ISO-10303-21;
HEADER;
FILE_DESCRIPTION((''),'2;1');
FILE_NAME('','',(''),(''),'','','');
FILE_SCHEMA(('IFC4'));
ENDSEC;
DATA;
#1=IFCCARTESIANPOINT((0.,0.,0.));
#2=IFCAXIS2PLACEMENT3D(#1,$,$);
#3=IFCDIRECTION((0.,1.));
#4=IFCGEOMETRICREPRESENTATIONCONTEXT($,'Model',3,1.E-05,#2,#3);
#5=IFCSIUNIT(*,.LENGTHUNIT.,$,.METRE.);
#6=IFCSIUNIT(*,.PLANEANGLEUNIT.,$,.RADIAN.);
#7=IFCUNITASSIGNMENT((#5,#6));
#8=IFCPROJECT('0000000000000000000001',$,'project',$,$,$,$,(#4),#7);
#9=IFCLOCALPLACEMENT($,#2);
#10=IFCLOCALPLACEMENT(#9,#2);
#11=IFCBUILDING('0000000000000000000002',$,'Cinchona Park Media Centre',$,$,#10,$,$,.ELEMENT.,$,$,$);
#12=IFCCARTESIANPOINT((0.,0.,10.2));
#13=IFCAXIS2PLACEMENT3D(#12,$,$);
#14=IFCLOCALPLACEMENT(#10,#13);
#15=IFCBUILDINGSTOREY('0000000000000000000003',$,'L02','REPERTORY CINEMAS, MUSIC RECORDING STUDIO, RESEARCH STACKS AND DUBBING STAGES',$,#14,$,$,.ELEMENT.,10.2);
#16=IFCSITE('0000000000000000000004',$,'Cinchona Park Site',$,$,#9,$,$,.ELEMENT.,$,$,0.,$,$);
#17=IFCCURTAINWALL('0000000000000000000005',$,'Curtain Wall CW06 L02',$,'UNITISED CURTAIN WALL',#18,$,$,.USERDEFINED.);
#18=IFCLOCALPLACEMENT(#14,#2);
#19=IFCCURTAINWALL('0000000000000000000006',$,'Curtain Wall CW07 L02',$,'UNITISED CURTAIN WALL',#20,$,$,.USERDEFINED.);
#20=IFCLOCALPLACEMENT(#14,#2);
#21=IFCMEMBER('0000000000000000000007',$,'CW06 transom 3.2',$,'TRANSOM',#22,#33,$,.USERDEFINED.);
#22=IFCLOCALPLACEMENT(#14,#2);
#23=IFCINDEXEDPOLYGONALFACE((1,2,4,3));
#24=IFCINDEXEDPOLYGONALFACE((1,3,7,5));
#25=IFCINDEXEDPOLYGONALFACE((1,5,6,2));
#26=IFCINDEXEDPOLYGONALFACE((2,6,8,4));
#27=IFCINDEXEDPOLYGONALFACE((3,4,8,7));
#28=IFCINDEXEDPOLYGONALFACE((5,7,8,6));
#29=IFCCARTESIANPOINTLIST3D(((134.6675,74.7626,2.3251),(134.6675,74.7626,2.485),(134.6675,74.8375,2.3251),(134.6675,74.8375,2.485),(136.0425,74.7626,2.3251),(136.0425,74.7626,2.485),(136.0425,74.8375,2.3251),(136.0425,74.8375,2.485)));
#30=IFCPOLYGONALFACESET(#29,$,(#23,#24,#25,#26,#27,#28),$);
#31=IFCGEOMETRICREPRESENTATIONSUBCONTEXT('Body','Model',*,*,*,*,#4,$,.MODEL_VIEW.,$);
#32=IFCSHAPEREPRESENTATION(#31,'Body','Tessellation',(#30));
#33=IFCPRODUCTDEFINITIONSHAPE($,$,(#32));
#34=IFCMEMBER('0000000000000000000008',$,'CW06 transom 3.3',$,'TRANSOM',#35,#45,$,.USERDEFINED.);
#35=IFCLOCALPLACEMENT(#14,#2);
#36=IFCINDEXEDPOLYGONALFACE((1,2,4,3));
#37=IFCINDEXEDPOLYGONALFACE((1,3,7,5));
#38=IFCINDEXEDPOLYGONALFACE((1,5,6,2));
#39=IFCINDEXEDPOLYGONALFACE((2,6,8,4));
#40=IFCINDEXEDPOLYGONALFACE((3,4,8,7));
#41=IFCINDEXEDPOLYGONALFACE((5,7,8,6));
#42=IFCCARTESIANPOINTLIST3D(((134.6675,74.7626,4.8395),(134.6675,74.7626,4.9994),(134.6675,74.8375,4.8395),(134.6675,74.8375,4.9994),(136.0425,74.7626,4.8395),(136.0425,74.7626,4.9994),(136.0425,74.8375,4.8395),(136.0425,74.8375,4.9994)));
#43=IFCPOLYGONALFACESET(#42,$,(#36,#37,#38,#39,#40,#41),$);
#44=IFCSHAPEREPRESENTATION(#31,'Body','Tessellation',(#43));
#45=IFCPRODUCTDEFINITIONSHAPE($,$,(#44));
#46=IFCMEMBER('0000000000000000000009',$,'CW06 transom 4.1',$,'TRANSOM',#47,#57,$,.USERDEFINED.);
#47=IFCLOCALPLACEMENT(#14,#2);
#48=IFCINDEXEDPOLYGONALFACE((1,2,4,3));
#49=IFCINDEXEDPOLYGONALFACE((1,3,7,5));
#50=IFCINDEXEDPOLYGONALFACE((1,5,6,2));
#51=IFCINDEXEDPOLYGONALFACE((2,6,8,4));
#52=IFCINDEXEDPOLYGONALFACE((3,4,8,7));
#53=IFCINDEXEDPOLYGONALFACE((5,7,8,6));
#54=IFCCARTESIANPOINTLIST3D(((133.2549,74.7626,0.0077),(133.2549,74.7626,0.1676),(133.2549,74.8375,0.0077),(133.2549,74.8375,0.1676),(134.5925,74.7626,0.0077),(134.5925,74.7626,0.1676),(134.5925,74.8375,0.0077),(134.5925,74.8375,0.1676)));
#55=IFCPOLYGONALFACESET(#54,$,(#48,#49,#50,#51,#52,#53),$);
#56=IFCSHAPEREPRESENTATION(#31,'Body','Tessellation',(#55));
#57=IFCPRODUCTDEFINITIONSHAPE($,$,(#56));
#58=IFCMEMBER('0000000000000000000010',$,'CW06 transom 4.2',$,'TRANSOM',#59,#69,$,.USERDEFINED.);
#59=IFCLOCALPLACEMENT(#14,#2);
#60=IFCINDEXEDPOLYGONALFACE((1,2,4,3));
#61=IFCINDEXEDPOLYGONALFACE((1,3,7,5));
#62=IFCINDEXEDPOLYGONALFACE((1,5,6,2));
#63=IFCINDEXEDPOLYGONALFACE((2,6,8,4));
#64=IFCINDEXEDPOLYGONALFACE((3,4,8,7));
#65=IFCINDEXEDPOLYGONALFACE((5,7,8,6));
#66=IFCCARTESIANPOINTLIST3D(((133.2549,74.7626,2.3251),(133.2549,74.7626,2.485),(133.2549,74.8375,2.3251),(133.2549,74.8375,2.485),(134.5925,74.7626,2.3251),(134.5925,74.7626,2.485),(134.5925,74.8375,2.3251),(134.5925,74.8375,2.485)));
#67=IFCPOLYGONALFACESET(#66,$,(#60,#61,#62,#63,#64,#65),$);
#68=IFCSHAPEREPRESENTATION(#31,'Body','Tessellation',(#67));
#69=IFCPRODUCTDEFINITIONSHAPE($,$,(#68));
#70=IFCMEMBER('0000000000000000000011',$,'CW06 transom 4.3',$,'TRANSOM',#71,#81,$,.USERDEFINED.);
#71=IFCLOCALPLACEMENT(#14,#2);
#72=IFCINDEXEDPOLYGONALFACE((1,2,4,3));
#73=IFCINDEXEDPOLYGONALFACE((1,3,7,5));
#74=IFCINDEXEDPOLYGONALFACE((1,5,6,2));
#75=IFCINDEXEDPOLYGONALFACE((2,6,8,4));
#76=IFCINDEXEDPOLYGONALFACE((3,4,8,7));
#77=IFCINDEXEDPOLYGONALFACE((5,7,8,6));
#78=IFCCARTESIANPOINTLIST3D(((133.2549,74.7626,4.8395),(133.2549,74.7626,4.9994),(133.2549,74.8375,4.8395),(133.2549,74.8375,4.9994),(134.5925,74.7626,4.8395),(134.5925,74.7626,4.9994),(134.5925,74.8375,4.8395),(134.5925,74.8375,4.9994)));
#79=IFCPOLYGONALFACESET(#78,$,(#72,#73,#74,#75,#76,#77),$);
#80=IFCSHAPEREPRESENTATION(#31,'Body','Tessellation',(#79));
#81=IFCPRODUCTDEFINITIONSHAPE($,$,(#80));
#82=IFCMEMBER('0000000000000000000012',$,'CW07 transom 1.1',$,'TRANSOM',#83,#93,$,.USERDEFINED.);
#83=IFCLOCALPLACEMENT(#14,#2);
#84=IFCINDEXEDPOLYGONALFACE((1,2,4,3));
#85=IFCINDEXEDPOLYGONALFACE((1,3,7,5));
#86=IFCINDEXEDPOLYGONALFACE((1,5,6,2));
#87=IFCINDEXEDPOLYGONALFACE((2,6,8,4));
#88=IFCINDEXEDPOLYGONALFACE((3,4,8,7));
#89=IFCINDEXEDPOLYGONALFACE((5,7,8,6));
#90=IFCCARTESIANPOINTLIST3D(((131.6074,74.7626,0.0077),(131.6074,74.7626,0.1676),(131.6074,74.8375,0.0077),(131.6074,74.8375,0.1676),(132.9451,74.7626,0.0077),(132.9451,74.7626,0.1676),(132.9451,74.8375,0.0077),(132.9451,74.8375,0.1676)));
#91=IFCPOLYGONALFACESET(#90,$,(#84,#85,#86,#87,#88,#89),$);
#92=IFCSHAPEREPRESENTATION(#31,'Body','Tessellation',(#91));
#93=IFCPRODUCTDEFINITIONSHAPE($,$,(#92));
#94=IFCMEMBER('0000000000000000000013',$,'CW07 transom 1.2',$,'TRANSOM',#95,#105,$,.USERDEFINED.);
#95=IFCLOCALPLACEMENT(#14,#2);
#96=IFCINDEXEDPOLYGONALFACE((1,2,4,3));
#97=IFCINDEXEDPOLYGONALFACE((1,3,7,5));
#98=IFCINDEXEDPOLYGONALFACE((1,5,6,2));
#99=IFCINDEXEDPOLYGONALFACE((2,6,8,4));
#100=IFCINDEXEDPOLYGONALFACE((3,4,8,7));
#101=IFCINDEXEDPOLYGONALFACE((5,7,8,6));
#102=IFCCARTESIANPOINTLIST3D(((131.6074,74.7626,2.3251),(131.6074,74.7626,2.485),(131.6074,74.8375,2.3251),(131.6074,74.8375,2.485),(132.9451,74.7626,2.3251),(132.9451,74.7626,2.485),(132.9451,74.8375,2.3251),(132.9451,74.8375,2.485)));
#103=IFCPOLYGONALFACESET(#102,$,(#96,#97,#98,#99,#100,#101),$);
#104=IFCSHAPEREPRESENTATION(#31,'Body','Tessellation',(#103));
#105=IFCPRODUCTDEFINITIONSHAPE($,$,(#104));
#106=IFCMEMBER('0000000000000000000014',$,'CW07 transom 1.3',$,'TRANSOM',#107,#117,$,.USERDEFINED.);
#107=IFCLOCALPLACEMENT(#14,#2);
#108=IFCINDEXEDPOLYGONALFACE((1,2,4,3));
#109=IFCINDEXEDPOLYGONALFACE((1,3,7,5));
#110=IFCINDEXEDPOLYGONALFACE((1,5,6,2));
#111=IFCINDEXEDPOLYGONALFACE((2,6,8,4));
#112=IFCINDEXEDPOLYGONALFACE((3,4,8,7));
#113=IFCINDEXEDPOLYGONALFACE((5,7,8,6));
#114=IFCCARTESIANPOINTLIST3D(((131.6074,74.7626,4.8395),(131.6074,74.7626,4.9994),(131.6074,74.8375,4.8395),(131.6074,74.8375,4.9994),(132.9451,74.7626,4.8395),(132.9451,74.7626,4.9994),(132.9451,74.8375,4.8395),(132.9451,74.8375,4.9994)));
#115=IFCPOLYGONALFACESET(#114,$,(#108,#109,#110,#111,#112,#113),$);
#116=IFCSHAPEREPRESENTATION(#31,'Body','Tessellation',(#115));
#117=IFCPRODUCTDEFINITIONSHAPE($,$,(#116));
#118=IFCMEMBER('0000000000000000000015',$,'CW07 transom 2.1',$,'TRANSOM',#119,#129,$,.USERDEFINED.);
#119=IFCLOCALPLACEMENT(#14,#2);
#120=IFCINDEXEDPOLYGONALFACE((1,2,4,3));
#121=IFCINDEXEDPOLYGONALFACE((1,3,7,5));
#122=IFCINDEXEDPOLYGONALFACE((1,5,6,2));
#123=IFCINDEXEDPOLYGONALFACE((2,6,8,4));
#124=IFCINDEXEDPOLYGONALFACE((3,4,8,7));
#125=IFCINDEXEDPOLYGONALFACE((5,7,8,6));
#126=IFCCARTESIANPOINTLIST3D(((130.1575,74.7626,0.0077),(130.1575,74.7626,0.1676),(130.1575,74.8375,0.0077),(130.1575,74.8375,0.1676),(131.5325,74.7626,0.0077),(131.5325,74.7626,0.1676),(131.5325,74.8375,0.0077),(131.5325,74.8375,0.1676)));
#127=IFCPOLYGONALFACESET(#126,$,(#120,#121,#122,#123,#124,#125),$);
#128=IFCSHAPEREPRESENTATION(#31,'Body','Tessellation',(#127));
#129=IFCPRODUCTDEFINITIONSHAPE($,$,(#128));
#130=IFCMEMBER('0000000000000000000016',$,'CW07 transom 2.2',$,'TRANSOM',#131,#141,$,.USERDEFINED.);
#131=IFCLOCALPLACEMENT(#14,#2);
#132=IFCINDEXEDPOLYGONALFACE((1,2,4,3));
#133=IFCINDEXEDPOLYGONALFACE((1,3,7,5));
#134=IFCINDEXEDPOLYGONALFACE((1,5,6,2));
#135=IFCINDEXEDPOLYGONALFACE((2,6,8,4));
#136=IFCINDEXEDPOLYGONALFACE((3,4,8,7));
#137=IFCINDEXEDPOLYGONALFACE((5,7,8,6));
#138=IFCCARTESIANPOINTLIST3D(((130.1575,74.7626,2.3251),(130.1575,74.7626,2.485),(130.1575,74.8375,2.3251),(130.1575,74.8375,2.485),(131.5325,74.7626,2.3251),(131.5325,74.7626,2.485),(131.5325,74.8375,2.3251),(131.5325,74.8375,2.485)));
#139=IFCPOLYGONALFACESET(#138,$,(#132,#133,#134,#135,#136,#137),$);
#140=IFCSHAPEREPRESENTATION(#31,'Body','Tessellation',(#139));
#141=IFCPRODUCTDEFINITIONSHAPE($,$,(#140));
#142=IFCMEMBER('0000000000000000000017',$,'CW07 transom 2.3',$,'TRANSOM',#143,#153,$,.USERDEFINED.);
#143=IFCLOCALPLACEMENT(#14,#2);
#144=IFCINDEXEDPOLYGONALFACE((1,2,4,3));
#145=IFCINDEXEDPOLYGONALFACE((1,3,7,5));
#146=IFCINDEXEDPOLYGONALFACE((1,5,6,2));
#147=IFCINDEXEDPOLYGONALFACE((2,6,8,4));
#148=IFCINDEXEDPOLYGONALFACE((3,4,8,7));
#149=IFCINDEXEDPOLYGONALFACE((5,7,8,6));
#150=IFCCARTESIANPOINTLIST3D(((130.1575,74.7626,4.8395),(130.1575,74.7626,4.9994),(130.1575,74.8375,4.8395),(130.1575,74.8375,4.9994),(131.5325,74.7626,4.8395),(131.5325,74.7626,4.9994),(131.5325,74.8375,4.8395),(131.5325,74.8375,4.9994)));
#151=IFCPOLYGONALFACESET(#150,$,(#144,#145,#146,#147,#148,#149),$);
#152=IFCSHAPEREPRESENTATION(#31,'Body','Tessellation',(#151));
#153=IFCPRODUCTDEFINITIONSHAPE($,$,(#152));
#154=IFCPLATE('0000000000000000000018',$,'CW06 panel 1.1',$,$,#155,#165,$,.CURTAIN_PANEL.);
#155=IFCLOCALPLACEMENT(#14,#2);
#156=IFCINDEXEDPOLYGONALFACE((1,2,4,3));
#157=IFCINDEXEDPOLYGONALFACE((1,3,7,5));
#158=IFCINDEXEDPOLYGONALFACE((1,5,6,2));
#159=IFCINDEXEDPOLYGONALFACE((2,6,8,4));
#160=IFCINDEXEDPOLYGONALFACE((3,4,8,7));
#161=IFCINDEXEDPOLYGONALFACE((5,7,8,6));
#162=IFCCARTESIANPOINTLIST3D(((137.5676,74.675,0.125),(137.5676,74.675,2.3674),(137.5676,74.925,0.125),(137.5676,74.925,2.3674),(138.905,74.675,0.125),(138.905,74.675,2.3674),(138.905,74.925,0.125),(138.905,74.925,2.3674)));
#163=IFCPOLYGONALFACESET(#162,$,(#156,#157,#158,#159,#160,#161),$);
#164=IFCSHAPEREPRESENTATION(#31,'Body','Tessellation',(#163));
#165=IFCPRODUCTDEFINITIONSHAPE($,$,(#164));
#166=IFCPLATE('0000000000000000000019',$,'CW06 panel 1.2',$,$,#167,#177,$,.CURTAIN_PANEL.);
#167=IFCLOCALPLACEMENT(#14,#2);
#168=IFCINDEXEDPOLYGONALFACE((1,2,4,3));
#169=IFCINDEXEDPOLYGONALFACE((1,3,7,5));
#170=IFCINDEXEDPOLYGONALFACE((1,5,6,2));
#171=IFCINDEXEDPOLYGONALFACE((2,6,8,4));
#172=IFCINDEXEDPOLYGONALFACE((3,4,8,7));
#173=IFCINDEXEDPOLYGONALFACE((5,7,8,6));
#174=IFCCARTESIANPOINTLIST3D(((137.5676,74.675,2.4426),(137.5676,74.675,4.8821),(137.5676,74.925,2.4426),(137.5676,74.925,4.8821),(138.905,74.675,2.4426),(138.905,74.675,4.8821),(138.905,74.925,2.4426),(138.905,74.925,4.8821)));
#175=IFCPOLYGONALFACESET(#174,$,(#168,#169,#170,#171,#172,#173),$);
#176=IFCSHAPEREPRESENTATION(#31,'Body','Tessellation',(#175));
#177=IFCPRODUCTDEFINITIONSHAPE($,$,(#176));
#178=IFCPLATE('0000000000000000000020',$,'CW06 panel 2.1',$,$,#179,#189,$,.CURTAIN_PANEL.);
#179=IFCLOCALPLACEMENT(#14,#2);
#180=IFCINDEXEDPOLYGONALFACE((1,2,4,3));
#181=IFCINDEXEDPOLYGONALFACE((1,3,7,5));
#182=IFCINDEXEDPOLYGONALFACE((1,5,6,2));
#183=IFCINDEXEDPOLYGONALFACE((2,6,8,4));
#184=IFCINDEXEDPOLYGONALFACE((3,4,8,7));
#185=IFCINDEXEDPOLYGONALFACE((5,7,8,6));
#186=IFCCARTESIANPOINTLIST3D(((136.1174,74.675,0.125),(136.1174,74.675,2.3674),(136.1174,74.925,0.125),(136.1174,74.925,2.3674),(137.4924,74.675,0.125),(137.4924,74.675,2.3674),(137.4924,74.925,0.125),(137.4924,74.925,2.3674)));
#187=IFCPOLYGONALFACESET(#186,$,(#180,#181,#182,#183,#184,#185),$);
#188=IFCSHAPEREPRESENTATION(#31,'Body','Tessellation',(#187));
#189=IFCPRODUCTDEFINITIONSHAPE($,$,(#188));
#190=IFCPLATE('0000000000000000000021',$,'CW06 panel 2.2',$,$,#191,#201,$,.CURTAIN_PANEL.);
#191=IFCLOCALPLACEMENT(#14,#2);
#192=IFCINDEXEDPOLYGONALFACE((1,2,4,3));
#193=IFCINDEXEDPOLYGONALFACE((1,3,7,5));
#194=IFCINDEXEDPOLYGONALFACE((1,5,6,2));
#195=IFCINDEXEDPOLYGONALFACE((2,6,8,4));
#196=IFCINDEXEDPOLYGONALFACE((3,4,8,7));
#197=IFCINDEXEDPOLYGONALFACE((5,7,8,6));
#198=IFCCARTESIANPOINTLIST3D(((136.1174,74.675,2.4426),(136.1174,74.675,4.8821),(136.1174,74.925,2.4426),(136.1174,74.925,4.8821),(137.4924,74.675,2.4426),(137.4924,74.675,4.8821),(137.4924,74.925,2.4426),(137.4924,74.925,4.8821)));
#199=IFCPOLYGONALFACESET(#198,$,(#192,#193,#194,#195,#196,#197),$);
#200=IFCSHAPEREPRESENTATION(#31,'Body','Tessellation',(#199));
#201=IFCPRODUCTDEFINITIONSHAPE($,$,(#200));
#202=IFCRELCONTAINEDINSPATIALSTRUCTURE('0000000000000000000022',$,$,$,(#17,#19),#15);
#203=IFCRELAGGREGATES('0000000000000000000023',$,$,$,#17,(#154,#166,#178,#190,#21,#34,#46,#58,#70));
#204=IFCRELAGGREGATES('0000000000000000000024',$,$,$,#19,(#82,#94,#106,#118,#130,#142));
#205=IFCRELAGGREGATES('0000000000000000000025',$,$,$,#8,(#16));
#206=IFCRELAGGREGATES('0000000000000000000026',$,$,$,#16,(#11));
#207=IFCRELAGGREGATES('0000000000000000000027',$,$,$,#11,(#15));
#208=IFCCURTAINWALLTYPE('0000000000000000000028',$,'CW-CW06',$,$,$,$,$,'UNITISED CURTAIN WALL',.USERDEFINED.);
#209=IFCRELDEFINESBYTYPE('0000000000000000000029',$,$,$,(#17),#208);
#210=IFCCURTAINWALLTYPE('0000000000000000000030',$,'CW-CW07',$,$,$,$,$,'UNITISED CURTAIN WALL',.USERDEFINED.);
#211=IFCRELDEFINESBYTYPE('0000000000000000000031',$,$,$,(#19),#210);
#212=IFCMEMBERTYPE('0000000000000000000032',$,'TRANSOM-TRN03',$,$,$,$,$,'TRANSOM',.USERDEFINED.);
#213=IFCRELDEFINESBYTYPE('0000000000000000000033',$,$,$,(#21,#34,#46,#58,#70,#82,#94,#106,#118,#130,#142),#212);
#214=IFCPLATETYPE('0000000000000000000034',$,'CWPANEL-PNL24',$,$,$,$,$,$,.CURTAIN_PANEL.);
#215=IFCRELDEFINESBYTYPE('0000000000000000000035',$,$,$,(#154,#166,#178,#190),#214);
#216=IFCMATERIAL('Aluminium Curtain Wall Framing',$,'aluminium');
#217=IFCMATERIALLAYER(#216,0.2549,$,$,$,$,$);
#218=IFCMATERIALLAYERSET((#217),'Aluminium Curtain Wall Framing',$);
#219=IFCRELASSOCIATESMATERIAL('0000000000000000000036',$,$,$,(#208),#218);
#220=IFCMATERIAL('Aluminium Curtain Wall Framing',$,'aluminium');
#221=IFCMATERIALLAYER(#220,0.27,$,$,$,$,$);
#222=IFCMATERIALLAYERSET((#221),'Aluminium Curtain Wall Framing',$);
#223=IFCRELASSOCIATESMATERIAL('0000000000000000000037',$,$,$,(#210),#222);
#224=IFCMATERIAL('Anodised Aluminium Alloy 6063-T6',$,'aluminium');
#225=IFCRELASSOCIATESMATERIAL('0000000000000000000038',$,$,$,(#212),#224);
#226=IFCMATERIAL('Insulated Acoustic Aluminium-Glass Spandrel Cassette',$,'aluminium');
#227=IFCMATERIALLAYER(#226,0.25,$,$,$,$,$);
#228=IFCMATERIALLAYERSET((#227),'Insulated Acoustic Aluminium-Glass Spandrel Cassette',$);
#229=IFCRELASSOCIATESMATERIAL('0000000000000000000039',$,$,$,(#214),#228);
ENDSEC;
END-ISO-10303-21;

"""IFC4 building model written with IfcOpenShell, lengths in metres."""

from ifc_helpers import new_model, si_unit, direction, frame, origin, origin_2d, place, context, subcontext, project, spatial, rectangle, extrude, material, layer, layer_set, material_profile, profile_set, type_object, element, aggregate, save


model = new_model("IFC4")

# Units and contexts
model_context = context("Model", 3, precision=1e-05, world=origin(), true_north=direction((0.0, 1.0)))
body_context = subcontext(model_context, "Body", "Model", "MODEL_VIEW")
ifc_project = project(units=[si_unit("LENGTHUNIT", "METRE"), si_unit("PLANEANGLEUNIT", "RADIAN")], contexts=[model_context])

# Site, building, storey
site_placement = place(None, origin())
site = spatial("IfcSite", under=ifc_project, at=site_placement, Name="Cinchona Park Site", CompositionType="ELEMENT", RefElevation=0.0)
building_placement = place(site_placement, origin())
building = spatial("IfcBuilding", under=site, at=building_placement, Name="Cinchona Park Media Centre", CompositionType="ELEMENT")
storey_placement = place(building_placement, frame((0.0, 0.0, 10.2)))
storey = spatial("IfcBuildingStorey", under=building, at=storey_placement, Name="L02", Description="REPERTORY CINEMAS, MUSIC RECORDING STUDIO, RESEARCH STACKS AND DUBBING STAGES", CompositionType="ELEMENT", Elevation=10.2)

# Curtain walls
ifc_material_1 = material(Name="Aluminium Curtain Wall Framing", Category="aluminium")
ifc_layer_1 = layer(ifc_material_1, 0.2549)
ifc_layer_set_1 = layer_set([ifc_layer_1], Name="Aluminium Curtain Wall Framing")
curtain_wall_type_1 = type_object("IfcCurtainWallType", Name="CW-CW06", ElementType="UNITISED CURTAIN WALL", PredefinedType="USERDEFINED", material=ifc_layer_set_1)
curtain_wall_1_placement = place(storey_placement, origin())
curtain_wall_1 = element("IfcCurtainWall", 1, at=curtain_wall_1_placement, inside=storey, type_object=curtain_wall_type_1, Name="Curtain Wall CW06 L02", ObjectType="UNITISED CURTAIN WALL", PredefinedType="USERDEFINED")
ifc_material_2 = material(Name="Aluminium Curtain Wall Framing", Category="aluminium")
ifc_layer_2 = layer(ifc_material_2, 0.27)
ifc_layer_set_2 = layer_set([ifc_layer_2], Name="Aluminium Curtain Wall Framing")
curtain_wall_type_2 = type_object("IfcCurtainWallType", Name="CW-CW07", ElementType="UNITISED CURTAIN WALL", PredefinedType="USERDEFINED", material=ifc_layer_set_2)
curtain_wall_2_placement = place(storey_placement, origin())
curtain_wall_2 = element("IfcCurtainWall", 2, at=curtain_wall_2_placement, inside=storey, type_object=curtain_wall_type_2, Name="Curtain Wall CW07 L02", ObjectType="UNITISED CURTAIN WALL", PredefinedType="USERDEFINED")

# Members
ifc_material_3 = material(Name="Anodised Aluminium Alloy 6063-T6", Category="aluminium")
ifc_material_profile_1 = material_profile(ifc_material_3, rectangle(XDim=0.075, YDim=0.1599, at=origin_2d()), Name="TRN-75X160")
ifc_profile_set_1 = profile_set([ifc_material_profile_1], Name="Anodised Aluminium Alloy 6063-T6")
member_type_1 = type_object("IfcMemberType", Name="TRANSOM-TRN03", ElementType="TRANSOM", PredefinedType="USERDEFINED", material=ifc_profile_set_1)
member_1_placement = place(storey_placement, frame((136.0425, 74.8, 2.405), z_axis=(-1.0, 0.0, 0.0), x_axis=(0.0, -1.0, 0.0)))
member_1 = element("IfcMember", 3, at=member_1_placement, type_object=member_type_1, Name="CW06 transom 3.2", ObjectType="TRANSOM", PredefinedType="USERDEFINED", context=body_context, shape_type="SweptSolid", body=[
    extrude(rectangle(XDim=0.075, YDim=0.1599, at=origin_2d()), origin(), (0.0, 0.0, 1.0), 1.375),
])
member_2_placement = place(storey_placement, frame((136.0425, 74.8, 4.9194), z_axis=(-1.0, 0.0, 0.0), x_axis=(0.0, -1.0, 0.0)))
member_2 = element("IfcMember", 4, at=member_2_placement, type_object=member_type_1, Name="CW06 transom 3.3", ObjectType="TRANSOM", PredefinedType="USERDEFINED", context=body_context, shape_type="SweptSolid", body=[
    extrude(rectangle(XDim=0.075, YDim=0.1599, at=origin_2d()), origin(), (0.0, 0.0, 1.0), 1.375),
])
member_3_placement = place(storey_placement, frame((134.5925, 74.8, 0.0876), z_axis=(-1.0, 0.0, 0.0), x_axis=(0.0, -1.0, 0.0)))
member_3 = element("IfcMember", 5, at=member_3_placement, type_object=member_type_1, Name="CW06 transom 4.1", ObjectType="TRANSOM", PredefinedType="USERDEFINED", context=body_context, shape_type="SweptSolid", body=[
    extrude(rectangle(XDim=0.075, YDim=0.1599, at=origin_2d()), origin(), (0.0, 0.0, 1.0), 1.3376),
])
member_4_placement = place(storey_placement, frame((134.5925, 74.8, 2.405), z_axis=(-1.0, 0.0, 0.0), x_axis=(0.0, -1.0, 0.0)))
member_4 = element("IfcMember", 6, at=member_4_placement, type_object=member_type_1, Name="CW06 transom 4.2", ObjectType="TRANSOM", PredefinedType="USERDEFINED", context=body_context, shape_type="SweptSolid", body=[
    extrude(rectangle(XDim=0.075, YDim=0.1599, at=origin_2d()), origin(), (0.0, 0.0, 1.0), 1.3376),
])
member_5_placement = place(storey_placement, frame((134.5925, 74.8, 4.9194), z_axis=(-1.0, 0.0, 0.0), x_axis=(0.0, -1.0, 0.0)))
member_5 = element("IfcMember", 7, at=member_5_placement, type_object=member_type_1, Name="CW06 transom 4.3", ObjectType="TRANSOM", PredefinedType="USERDEFINED", context=body_context, shape_type="SweptSolid", body=[
    extrude(rectangle(XDim=0.075, YDim=0.1599, at=origin_2d()), origin(), (0.0, 0.0, 1.0), 1.3376),
])
member_6_placement = place(storey_placement, frame((132.9451, 74.8, 0.0876), z_axis=(-1.0, 0.0, 0.0), x_axis=(0.0, -1.0, 0.0)))
member_6 = element("IfcMember", 8, at=member_6_placement, type_object=member_type_1, Name="CW07 transom 1.1", ObjectType="TRANSOM", PredefinedType="USERDEFINED", context=body_context, shape_type="SweptSolid", body=[
    extrude(rectangle(XDim=0.075, YDim=0.1599, at=origin_2d()), origin(), (0.0, 0.0, 1.0), 1.3376),
])
member_7_placement = place(storey_placement, frame((132.9451, 74.8, 2.405), z_axis=(-1.0, 0.0, 0.0), x_axis=(0.0, -1.0, 0.0)))
member_7 = element("IfcMember", 9, at=member_7_placement, type_object=member_type_1, Name="CW07 transom 1.2", ObjectType="TRANSOM", PredefinedType="USERDEFINED", context=body_context, shape_type="SweptSolid", body=[
    extrude(rectangle(XDim=0.075, YDim=0.1599, at=origin_2d()), origin(), (0.0, 0.0, 1.0), 1.3376),
])
member_8_placement = place(storey_placement, frame((132.9451, 74.8, 4.9194), z_axis=(-1.0, 0.0, 0.0), x_axis=(0.0, -1.0, 0.0)))
member_8 = element("IfcMember", 10, at=member_8_placement, type_object=member_type_1, Name="CW07 transom 1.3", ObjectType="TRANSOM", PredefinedType="USERDEFINED", context=body_context, shape_type="SweptSolid", body=[
    extrude(rectangle(XDim=0.075, YDim=0.1599, at=origin_2d()), origin(), (0.0, 0.0, 1.0), 1.3376),
])
member_9_placement = place(storey_placement, frame((131.5325, 74.8, 0.0876), z_axis=(-1.0, 0.0, 0.0), x_axis=(0.0, -1.0, 0.0)))
member_9 = element("IfcMember", 11, at=member_9_placement, type_object=member_type_1, Name="CW07 transom 2.1", ObjectType="TRANSOM", PredefinedType="USERDEFINED", context=body_context, shape_type="SweptSolid", body=[
    extrude(rectangle(XDim=0.075, YDim=0.1599, at=origin_2d()), origin(), (0.0, 0.0, 1.0), 1.375),
])
member_10_placement = place(storey_placement, frame((131.5325, 74.8, 2.405), z_axis=(-1.0, 0.0, 0.0), x_axis=(0.0, -1.0, 0.0)))
member_10 = element("IfcMember", 12, at=member_10_placement, type_object=member_type_1, Name="CW07 transom 2.2", ObjectType="TRANSOM", PredefinedType="USERDEFINED", context=body_context, shape_type="SweptSolid", body=[
    extrude(rectangle(XDim=0.075, YDim=0.1599, at=origin_2d()), origin(), (0.0, 0.0, 1.0), 1.375),
])
member_11_placement = place(storey_placement, frame((131.5325, 74.8, 4.9194), z_axis=(-1.0, 0.0, 0.0), x_axis=(0.0, -1.0, 0.0)))
member_11 = element("IfcMember", 13, at=member_11_placement, type_object=member_type_1, Name="CW07 transom 2.3", ObjectType="TRANSOM", PredefinedType="USERDEFINED", context=body_context, shape_type="SweptSolid", body=[
    extrude(rectangle(XDim=0.075, YDim=0.1599, at=origin_2d()), origin(), (0.0, 0.0, 1.0), 1.375),
])

# Plates
ifc_material_4 = material(Name="Insulated Acoustic Aluminium-Glass Spandrel Cassette", Category="aluminium")
ifc_layer_3 = layer(ifc_material_4, 0.25)
ifc_layer_set_3 = layer_set([ifc_layer_3], Name="Insulated Acoustic Aluminium-Glass Spandrel Cassette")
plate_type_1 = type_object("IfcPlateType", Name="CWPANEL-PNL24", PredefinedType="CURTAIN_PANEL", material=ifc_layer_set_3)
plate_1_placement = place(storey_placement, frame((138.2363, 74.8, 0.125), z_axis=(0.0, 0.0, 1.0), x_axis=(-1.0, 0.0, 0.0)))
plate_1 = element("IfcPlate", 14, at=plate_1_placement, type_object=plate_type_1, Name="CW06 panel 1.1", PredefinedType="CURTAIN_PANEL", context=body_context, shape_type="SweptSolid", body=[
    extrude(rectangle(XDim=1.3374, YDim=0.25, at=origin_2d()), origin(), (0.0, 0.0, 1.0), 2.2424),
])
plate_2_placement = place(storey_placement, frame((138.2363, 74.8, 2.4426), z_axis=(0.0, 0.0, 1.0), x_axis=(-1.0, 0.0, 0.0)))
plate_2 = element("IfcPlate", 15, at=plate_2_placement, type_object=plate_type_1, Name="CW06 panel 1.2", PredefinedType="CURTAIN_PANEL", context=body_context, shape_type="SweptSolid", body=[
    extrude(rectangle(XDim=1.3374, YDim=0.25, at=origin_2d()), origin(), (0.0, 0.0, 1.0), 2.4395),
])
plate_3_placement = place(storey_placement, frame((136.8049, 74.8, 0.125), z_axis=(0.0, 0.0, 1.0), x_axis=(-1.0, 0.0, 0.0)))
plate_3 = element("IfcPlate", 16, at=plate_3_placement, type_object=plate_type_1, Name="CW06 panel 2.1", PredefinedType="CURTAIN_PANEL", context=body_context, shape_type="SweptSolid", body=[
    extrude(rectangle(XDim=1.375, YDim=0.25, at=origin_2d()), origin(), (0.0, 0.0, 1.0), 2.2424),
])
plate_4_placement = place(storey_placement, frame((136.8049, 74.8, 2.4426), z_axis=(0.0, 0.0, 1.0), x_axis=(-1.0, 0.0, 0.0)))
plate_4 = element("IfcPlate", 17, at=plate_4_placement, type_object=plate_type_1, Name="CW06 panel 2.2", PredefinedType="CURTAIN_PANEL", context=body_context, shape_type="SweptSolid", body=[
    extrude(rectangle(XDim=1.375, YDim=0.25, at=origin_2d()), origin(), (0.0, 0.0, 1.0), 2.4395),
])
aggregate(curtain_wall_1, [plate_1, plate_2, plate_3, plate_4, member_1, member_2, member_3, member_4, member_5])
aggregate(curtain_wall_2, [member_6, member_7, member_8, member_9, member_10, member_11])

save(model, "model.ifc")
